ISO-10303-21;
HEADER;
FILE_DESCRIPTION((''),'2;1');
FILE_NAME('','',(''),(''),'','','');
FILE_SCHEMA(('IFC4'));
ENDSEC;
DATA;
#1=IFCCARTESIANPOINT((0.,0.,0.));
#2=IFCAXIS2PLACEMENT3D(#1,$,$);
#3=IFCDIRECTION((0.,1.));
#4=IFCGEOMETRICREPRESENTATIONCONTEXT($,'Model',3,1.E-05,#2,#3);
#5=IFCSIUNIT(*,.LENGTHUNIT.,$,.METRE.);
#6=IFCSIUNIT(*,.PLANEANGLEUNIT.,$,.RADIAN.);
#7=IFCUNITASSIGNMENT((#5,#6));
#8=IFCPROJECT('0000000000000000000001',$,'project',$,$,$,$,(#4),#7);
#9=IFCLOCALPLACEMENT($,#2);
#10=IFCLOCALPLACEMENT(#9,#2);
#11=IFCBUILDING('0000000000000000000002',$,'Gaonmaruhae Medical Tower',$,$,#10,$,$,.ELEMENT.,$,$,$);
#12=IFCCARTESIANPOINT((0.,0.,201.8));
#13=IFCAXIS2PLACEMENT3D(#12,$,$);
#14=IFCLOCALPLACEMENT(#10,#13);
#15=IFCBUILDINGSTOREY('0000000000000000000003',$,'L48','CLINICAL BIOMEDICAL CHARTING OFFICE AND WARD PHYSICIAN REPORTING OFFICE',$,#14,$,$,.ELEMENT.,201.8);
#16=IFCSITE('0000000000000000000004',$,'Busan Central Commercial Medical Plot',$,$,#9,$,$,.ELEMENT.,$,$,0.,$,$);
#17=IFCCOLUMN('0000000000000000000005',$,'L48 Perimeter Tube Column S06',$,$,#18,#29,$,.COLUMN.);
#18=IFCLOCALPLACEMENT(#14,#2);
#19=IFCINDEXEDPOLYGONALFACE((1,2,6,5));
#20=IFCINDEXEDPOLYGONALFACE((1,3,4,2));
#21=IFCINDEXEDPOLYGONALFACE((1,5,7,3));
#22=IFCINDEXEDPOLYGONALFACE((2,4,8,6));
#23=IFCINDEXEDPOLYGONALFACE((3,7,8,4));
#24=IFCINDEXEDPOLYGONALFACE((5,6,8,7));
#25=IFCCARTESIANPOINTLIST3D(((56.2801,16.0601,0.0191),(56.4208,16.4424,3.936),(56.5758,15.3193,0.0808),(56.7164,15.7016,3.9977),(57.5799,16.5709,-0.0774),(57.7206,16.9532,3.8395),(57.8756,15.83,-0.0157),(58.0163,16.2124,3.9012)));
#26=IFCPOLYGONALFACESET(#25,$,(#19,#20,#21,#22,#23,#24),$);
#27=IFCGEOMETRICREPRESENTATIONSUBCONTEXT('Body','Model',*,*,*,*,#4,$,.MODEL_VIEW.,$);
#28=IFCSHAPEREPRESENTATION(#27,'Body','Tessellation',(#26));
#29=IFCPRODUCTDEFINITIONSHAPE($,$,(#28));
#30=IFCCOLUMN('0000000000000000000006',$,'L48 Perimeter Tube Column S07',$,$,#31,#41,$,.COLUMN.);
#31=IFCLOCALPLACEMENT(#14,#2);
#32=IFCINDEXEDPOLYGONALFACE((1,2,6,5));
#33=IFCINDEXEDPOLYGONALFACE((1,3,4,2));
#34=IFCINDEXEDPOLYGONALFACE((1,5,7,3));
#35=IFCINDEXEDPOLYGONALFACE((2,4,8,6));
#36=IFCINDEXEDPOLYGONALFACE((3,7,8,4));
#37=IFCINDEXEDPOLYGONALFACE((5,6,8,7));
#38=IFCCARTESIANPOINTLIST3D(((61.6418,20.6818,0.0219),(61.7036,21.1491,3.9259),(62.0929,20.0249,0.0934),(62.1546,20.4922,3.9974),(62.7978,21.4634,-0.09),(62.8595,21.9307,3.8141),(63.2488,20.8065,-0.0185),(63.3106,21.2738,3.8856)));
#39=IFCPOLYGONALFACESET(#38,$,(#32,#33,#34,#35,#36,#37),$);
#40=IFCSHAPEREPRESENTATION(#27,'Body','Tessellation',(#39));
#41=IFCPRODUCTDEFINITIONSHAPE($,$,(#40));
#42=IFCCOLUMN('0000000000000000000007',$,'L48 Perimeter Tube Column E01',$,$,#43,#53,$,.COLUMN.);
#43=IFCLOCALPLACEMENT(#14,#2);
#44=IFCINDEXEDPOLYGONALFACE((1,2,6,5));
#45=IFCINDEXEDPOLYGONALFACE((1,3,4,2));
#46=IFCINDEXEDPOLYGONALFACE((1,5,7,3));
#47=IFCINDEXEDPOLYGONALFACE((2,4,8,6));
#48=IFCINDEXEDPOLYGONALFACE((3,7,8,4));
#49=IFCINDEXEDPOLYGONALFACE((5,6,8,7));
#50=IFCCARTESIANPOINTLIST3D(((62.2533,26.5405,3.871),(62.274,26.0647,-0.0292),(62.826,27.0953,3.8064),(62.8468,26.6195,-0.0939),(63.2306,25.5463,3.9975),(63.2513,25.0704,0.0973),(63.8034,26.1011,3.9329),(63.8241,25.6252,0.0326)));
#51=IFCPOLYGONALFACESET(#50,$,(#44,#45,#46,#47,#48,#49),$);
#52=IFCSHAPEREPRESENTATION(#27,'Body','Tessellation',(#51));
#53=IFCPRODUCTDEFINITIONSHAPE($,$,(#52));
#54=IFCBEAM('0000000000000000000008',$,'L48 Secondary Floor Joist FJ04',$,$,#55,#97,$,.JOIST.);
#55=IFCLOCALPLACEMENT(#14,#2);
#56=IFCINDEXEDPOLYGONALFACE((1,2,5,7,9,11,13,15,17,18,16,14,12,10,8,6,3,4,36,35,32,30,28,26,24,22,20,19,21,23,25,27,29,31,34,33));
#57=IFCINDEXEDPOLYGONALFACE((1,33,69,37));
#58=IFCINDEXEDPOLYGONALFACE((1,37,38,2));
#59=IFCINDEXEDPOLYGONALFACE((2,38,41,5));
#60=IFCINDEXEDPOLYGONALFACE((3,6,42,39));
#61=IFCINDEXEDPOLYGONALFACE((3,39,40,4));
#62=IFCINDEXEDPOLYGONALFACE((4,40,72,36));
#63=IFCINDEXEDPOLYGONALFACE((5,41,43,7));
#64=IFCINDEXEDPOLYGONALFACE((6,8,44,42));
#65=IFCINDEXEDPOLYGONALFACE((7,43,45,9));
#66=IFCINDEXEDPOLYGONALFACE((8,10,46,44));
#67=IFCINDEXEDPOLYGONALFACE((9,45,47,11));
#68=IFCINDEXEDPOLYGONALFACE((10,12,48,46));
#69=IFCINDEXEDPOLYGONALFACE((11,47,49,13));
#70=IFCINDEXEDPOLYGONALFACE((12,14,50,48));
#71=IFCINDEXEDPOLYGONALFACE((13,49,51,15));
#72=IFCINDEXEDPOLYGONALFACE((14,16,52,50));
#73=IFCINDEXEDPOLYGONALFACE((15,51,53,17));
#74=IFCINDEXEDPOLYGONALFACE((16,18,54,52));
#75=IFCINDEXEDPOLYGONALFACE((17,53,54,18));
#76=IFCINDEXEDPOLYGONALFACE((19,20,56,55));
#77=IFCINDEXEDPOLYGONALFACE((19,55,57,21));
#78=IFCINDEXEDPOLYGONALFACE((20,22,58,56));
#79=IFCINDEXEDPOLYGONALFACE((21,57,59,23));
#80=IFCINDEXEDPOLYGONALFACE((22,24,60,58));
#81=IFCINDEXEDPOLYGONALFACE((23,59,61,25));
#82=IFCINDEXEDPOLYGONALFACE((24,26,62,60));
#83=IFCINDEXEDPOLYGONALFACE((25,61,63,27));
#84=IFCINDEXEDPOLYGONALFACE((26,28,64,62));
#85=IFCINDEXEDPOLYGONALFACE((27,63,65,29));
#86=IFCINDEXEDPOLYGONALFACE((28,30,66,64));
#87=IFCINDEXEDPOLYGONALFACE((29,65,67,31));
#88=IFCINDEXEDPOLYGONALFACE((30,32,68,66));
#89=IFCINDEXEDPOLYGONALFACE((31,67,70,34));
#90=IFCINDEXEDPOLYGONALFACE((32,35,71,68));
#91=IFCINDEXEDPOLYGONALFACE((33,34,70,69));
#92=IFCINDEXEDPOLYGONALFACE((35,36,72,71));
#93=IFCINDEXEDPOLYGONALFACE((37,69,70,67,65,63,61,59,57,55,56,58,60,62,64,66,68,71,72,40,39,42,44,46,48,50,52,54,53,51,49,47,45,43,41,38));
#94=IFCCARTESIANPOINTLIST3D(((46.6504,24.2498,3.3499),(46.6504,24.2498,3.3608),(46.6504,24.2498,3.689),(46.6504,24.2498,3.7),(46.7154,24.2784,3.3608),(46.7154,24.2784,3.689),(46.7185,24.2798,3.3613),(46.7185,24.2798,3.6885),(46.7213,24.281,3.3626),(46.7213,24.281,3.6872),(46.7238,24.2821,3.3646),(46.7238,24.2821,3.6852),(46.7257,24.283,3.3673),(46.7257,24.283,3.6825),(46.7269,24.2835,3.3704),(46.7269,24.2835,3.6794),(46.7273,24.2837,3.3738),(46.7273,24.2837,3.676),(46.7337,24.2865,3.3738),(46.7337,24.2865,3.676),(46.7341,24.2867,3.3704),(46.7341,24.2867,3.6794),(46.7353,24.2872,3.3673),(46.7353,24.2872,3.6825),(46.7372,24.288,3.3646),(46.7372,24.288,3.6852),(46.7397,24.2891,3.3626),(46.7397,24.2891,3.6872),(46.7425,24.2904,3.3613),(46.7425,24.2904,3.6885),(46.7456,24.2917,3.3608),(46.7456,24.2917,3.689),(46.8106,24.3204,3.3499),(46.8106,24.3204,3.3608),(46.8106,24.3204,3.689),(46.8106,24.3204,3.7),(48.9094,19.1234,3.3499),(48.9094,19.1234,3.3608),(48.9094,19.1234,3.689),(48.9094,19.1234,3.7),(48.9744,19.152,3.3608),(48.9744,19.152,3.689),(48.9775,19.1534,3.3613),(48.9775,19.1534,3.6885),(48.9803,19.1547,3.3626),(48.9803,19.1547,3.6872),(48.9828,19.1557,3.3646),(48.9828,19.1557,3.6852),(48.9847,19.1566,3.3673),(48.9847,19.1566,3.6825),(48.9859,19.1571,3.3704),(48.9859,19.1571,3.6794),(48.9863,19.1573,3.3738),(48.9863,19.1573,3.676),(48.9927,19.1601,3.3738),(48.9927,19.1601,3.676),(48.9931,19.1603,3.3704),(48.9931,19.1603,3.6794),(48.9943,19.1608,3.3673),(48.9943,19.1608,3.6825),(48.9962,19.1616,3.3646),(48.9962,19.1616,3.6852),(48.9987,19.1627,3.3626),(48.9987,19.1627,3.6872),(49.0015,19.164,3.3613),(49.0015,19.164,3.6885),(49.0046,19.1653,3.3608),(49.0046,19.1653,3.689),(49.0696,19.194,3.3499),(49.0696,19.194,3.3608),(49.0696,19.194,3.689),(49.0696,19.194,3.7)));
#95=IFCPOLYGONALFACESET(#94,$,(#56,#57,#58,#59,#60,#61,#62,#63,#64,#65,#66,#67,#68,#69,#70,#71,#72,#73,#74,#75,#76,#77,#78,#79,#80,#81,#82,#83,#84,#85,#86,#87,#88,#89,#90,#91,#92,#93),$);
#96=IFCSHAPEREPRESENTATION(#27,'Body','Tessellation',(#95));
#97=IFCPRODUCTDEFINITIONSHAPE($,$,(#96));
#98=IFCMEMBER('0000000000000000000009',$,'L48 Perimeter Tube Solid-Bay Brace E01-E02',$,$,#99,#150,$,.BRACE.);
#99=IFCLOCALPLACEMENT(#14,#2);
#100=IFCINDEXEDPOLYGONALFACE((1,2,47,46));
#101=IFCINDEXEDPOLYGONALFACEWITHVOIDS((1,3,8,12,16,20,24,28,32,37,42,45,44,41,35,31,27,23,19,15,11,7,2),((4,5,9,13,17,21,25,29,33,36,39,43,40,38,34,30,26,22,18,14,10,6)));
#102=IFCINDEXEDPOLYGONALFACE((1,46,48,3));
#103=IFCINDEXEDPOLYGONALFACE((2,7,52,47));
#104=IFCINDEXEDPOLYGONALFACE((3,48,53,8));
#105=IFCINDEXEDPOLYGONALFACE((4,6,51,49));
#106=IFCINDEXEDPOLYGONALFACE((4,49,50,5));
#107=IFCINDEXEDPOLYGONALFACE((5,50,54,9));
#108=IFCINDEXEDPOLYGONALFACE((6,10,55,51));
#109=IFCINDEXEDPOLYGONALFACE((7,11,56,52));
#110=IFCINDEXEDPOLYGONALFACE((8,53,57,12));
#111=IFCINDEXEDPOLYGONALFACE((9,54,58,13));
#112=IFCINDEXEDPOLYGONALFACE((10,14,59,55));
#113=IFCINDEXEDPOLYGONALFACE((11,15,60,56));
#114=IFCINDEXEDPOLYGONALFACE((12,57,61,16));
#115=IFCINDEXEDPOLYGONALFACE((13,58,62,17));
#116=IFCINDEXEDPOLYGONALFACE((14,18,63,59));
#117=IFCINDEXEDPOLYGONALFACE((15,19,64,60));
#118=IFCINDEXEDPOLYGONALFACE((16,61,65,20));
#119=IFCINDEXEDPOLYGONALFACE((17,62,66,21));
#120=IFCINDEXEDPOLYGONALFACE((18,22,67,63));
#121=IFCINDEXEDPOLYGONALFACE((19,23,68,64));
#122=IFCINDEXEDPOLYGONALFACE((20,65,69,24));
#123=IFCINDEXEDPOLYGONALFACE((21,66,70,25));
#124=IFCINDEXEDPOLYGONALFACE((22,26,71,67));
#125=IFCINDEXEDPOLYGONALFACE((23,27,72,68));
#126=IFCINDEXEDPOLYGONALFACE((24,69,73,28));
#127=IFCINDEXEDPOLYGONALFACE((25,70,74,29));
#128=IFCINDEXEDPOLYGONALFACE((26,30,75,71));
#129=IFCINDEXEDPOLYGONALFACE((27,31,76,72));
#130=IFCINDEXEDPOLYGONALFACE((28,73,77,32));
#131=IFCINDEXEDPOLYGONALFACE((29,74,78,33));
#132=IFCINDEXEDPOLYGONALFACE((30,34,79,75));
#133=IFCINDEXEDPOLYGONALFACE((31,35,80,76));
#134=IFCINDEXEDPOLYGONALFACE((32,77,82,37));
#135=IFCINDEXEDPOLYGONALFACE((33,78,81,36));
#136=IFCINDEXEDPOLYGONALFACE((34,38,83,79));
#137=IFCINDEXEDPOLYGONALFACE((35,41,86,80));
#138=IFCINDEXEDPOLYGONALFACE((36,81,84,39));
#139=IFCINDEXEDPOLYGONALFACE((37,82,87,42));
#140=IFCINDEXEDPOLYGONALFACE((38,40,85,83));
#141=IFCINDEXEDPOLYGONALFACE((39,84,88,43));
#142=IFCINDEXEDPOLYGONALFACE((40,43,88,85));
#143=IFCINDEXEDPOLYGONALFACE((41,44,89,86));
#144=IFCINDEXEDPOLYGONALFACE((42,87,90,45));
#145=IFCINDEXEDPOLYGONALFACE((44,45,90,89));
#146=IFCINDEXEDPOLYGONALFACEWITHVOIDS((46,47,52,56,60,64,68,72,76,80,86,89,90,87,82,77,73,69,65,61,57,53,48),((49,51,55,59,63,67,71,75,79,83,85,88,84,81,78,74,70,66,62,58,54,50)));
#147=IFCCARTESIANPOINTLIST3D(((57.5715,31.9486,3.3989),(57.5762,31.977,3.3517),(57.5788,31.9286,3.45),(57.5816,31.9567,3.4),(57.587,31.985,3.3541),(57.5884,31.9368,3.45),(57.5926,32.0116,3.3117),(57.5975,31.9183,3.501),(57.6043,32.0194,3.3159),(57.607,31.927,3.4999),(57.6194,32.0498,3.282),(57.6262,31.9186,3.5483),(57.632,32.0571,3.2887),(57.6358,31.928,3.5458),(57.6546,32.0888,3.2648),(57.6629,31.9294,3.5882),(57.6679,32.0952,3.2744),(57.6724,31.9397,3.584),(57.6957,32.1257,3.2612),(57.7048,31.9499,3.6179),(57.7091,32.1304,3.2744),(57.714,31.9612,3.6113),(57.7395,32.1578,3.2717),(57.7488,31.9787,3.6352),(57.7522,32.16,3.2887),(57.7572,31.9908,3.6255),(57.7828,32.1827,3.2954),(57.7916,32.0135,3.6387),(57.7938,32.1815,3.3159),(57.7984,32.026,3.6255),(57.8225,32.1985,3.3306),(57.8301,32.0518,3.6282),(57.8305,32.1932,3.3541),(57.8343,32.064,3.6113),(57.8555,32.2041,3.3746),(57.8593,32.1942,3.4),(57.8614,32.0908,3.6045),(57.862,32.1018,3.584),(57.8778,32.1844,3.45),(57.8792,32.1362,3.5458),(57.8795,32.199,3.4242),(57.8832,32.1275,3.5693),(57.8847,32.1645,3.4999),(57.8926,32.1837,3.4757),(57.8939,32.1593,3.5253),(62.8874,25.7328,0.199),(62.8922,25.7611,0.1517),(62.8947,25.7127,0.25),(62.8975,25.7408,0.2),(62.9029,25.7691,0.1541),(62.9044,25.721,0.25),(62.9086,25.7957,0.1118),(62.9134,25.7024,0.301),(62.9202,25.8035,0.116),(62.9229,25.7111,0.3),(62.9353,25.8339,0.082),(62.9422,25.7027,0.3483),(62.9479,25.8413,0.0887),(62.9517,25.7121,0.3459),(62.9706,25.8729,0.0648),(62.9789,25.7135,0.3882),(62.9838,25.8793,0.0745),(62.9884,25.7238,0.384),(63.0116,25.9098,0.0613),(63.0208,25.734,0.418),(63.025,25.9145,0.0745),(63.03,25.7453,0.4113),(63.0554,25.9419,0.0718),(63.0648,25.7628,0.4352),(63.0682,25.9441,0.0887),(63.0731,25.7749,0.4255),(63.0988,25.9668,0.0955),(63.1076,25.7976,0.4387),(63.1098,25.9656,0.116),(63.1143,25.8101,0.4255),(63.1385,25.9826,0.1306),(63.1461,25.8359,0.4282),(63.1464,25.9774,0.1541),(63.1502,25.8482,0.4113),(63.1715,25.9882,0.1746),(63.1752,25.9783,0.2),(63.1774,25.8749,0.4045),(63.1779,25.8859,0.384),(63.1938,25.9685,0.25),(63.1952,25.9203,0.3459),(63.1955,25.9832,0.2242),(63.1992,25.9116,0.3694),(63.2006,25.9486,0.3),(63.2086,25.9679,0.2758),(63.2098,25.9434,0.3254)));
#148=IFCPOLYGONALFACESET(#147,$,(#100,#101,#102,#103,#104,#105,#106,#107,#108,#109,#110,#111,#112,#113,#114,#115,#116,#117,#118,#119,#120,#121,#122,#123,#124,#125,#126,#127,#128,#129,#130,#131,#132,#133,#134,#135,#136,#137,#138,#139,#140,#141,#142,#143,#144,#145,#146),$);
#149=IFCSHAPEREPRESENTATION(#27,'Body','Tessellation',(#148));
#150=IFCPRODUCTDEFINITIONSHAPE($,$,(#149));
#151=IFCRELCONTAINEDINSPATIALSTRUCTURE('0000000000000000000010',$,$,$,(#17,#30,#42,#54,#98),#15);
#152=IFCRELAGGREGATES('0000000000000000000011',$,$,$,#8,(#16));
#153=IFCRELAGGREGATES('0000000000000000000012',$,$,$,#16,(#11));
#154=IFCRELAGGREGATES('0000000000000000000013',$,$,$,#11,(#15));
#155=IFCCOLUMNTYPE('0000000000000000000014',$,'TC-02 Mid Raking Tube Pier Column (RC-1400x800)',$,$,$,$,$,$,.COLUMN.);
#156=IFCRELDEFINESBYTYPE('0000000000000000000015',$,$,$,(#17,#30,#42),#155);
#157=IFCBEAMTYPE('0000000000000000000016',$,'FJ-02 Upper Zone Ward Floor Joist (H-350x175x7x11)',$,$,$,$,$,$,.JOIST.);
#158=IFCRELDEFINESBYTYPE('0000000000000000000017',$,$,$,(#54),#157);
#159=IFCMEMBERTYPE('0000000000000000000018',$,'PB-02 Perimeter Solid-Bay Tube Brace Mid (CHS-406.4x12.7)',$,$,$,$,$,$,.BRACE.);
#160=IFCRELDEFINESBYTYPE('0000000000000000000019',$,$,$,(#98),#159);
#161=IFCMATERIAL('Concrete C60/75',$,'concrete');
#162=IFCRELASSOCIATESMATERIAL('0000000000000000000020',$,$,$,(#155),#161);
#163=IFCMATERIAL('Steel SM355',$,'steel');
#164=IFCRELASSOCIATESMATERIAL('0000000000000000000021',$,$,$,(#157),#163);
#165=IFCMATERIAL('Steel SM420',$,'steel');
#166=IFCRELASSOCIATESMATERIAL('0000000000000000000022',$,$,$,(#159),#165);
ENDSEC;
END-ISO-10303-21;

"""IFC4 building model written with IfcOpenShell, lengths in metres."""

from ifc_helpers import new_model, si_unit, direction, frame, origin, origin_2d, place, context, subcontext, project, spatial, rectangle, hollow_circle, i_section, extrude, material, material_profile, profile_set, type_object, element, save


model = new_model("IFC4")

# Units and contexts
model_context = context("Model", 3, precision=1e-05, world=origin(), true_north=direction((0.0, 1.0)))
body_context = subcontext(model_context, "Body", "Model", "MODEL_VIEW")
ifc_project = project(units=[si_unit("LENGTHUNIT", "METRE"), si_unit("PLANEANGLEUNIT", "RADIAN")], contexts=[model_context])

# Site, building, storey
site_placement = place(None, origin())
site = spatial("IfcSite", under=ifc_project, at=site_placement, Name="Busan Central Commercial Medical Plot", CompositionType="ELEMENT", RefElevation=0.0)
building_placement = place(site_placement, origin())
building = spatial("IfcBuilding", under=site, at=building_placement, Name="Gaonmaruhae Medical Tower", CompositionType="ELEMENT")
storey_placement = place(building_placement, frame((0.0, 0.0, 201.8)))
storey = spatial("IfcBuildingStorey", under=building, at=storey_placement, Name="L48", Description="CLINICAL BIOMEDICAL CHARTING OFFICE AND WARD PHYSICIAN REPORTING OFFICE", CompositionType="ELEMENT", Elevation=201.8)

# Columns
ifc_material_1 = material(Name="Concrete C60/75", Category="concrete")
ifc_material_profile_1 = material_profile(ifc_material_1, rectangle(XDim=1.3999, YDim=0.8, at=origin_2d()), Name="RC-1400x800")
ifc_profile_set_1 = profile_set([ifc_material_profile_1], Name="Concrete C60/75")
column_type = type_object("IfcColumnType", Name="TC-02 Mid Raking Tube Pier Column (RC-1400x800)", PredefinedType="COLUMN", material=ifc_profile_set_1)
column_1_placement = place(storey_placement, frame((57.0779, 15.9451, 0.0017), z_axis=(0.035711, 0.097089, 0.994635), x_axis=(-0.928506, -0.36486, 0.068952)))
element("IfcColumn", 1, at=column_1_placement, inside=storey, type_object=column_type, Name="L48 Perimeter Tube Column S06", PredefinedType="COLUMN", context=body_context, shape_type="SweptSolid", body=[
    extrude(rectangle(XDim=1.3999, YDim=0.8, at=origin_2d()), origin(), (0.0, 0.0, 1.0), 3.938),
])
column_2_placement = place(storey_placement, frame((62.4453, 20.7441, 0.0017), z_axis=(0.015707, 0.118829, 0.99279), x_axis=(-0.825763, -0.558331, 0.079893)))
element("IfcColumn", 2, at=column_2_placement, inside=storey, type_object=column_type, Name="L48 Perimeter Tube Column S07", PredefinedType="COLUMN", context=body_context, shape_type="SweptSolid", body=[
    extrude(rectangle(XDim=1.3999, YDim=0.8, at=origin_2d()), origin(), (0.0, 0.0, 1.0), 3.9324),
])
column_3_placement = place(storey_placement, frame((63.0491, 25.845, 0.0017), z_axis=(-0.005282, 0.121103, 0.992626), x_axis=(0.698141, -0.710235, 0.090366)))
element("IfcColumn", 3, at=column_3_placement, inside=storey, type_object=column_type, Name="L48 Perimeter Tube Column E01", PredefinedType="COLUMN", context=body_context, shape_type="SweptSolid", body=[
    extrude(rectangle(XDim=1.3999, YDim=0.8, at=origin_2d()), origin(), (0.0, 0.0, 1.0), 3.9292),
])

# Beam
ifc_material_2 = material(Name="Steel SM355", Category="steel")
ifc_material_profile_2 = material_profile(ifc_material_2, i_section(OverallWidth=0.175, OverallDepth=0.3501, WebThickness=0.0071, FlangeThickness=0.011, FilletRadius=0.0129, at=origin_2d()), Name="H-350x175x7x11")
ifc_profile_set_2 = profile_set([ifc_material_profile_2], Name="Steel SM355")
beam_type_1 = type_object("IfcBeamType", Name="FJ-02 Upper Zone Ward Floor Joist (H-350x175x7x11)", PredefinedType="JOIST", material=ifc_profile_set_2)
beam_1_placement = place(storey_placement, frame((48.9895, 19.1587, 3.5249), z_axis=(-0.403245, 0.915092, 0.0), x_axis=(-0.915092, -0.403245, 0.0)))
element("IfcBeam", 4, at=beam_1_placement, inside=storey, type_object=beam_type_1, Name="L48 Secondary Floor Joist FJ04", PredefinedType="JOIST", context=body_context, shape_type="SweptSolid", body=[
    extrude(i_section(OverallWidth=0.175, OverallDepth=0.3501, WebThickness=0.0071, FlangeThickness=0.011, FilletRadius=0.0129, at=origin_2d()), origin(), (0.0, 0.0, 1.0), 5.6021),
])

# Member
ifc_material_3 = material(Name="Steel SM420", Category="steel")
ifc_material_profile_3 = material_profile(ifc_material_3, hollow_circle(Radius=0.2031, WallThickness=0.0127, at=origin_2d()), Name="CHS-406.4x12.7")
ifc_profile_set_3 = profile_set([ifc_material_profile_3], Name="Steel SM420")
member_type = type_object("IfcMemberType", Name="PB-02 Perimeter Solid-Bay Tube Brace Mid (CHS-406.4x12.7)", PredefinedType="BRACE", material=ifc_profile_set_3)
member_placement = place(storey_placement, frame((63.0491, 25.8447, 0.25), z_axis=(-0.605274, 0.707738, 0.364349), x_axis=(-0.759977, -0.64995, 0.0)))
element("IfcMember", 5, at=member_placement, inside=storey, type_object=member_type, Name="L48 Perimeter Tube Solid-Bay Brace E01-E02", PredefinedType="BRACE", context=body_context, shape_type="SweptSolid", body=[
    extrude(hollow_circle(Radius=0.2031, WallThickness=0.0127, at=origin_2d()), origin(), (0.0, 0.0, 1.0), 8.7827),
])

save(model, "model.ifc")
